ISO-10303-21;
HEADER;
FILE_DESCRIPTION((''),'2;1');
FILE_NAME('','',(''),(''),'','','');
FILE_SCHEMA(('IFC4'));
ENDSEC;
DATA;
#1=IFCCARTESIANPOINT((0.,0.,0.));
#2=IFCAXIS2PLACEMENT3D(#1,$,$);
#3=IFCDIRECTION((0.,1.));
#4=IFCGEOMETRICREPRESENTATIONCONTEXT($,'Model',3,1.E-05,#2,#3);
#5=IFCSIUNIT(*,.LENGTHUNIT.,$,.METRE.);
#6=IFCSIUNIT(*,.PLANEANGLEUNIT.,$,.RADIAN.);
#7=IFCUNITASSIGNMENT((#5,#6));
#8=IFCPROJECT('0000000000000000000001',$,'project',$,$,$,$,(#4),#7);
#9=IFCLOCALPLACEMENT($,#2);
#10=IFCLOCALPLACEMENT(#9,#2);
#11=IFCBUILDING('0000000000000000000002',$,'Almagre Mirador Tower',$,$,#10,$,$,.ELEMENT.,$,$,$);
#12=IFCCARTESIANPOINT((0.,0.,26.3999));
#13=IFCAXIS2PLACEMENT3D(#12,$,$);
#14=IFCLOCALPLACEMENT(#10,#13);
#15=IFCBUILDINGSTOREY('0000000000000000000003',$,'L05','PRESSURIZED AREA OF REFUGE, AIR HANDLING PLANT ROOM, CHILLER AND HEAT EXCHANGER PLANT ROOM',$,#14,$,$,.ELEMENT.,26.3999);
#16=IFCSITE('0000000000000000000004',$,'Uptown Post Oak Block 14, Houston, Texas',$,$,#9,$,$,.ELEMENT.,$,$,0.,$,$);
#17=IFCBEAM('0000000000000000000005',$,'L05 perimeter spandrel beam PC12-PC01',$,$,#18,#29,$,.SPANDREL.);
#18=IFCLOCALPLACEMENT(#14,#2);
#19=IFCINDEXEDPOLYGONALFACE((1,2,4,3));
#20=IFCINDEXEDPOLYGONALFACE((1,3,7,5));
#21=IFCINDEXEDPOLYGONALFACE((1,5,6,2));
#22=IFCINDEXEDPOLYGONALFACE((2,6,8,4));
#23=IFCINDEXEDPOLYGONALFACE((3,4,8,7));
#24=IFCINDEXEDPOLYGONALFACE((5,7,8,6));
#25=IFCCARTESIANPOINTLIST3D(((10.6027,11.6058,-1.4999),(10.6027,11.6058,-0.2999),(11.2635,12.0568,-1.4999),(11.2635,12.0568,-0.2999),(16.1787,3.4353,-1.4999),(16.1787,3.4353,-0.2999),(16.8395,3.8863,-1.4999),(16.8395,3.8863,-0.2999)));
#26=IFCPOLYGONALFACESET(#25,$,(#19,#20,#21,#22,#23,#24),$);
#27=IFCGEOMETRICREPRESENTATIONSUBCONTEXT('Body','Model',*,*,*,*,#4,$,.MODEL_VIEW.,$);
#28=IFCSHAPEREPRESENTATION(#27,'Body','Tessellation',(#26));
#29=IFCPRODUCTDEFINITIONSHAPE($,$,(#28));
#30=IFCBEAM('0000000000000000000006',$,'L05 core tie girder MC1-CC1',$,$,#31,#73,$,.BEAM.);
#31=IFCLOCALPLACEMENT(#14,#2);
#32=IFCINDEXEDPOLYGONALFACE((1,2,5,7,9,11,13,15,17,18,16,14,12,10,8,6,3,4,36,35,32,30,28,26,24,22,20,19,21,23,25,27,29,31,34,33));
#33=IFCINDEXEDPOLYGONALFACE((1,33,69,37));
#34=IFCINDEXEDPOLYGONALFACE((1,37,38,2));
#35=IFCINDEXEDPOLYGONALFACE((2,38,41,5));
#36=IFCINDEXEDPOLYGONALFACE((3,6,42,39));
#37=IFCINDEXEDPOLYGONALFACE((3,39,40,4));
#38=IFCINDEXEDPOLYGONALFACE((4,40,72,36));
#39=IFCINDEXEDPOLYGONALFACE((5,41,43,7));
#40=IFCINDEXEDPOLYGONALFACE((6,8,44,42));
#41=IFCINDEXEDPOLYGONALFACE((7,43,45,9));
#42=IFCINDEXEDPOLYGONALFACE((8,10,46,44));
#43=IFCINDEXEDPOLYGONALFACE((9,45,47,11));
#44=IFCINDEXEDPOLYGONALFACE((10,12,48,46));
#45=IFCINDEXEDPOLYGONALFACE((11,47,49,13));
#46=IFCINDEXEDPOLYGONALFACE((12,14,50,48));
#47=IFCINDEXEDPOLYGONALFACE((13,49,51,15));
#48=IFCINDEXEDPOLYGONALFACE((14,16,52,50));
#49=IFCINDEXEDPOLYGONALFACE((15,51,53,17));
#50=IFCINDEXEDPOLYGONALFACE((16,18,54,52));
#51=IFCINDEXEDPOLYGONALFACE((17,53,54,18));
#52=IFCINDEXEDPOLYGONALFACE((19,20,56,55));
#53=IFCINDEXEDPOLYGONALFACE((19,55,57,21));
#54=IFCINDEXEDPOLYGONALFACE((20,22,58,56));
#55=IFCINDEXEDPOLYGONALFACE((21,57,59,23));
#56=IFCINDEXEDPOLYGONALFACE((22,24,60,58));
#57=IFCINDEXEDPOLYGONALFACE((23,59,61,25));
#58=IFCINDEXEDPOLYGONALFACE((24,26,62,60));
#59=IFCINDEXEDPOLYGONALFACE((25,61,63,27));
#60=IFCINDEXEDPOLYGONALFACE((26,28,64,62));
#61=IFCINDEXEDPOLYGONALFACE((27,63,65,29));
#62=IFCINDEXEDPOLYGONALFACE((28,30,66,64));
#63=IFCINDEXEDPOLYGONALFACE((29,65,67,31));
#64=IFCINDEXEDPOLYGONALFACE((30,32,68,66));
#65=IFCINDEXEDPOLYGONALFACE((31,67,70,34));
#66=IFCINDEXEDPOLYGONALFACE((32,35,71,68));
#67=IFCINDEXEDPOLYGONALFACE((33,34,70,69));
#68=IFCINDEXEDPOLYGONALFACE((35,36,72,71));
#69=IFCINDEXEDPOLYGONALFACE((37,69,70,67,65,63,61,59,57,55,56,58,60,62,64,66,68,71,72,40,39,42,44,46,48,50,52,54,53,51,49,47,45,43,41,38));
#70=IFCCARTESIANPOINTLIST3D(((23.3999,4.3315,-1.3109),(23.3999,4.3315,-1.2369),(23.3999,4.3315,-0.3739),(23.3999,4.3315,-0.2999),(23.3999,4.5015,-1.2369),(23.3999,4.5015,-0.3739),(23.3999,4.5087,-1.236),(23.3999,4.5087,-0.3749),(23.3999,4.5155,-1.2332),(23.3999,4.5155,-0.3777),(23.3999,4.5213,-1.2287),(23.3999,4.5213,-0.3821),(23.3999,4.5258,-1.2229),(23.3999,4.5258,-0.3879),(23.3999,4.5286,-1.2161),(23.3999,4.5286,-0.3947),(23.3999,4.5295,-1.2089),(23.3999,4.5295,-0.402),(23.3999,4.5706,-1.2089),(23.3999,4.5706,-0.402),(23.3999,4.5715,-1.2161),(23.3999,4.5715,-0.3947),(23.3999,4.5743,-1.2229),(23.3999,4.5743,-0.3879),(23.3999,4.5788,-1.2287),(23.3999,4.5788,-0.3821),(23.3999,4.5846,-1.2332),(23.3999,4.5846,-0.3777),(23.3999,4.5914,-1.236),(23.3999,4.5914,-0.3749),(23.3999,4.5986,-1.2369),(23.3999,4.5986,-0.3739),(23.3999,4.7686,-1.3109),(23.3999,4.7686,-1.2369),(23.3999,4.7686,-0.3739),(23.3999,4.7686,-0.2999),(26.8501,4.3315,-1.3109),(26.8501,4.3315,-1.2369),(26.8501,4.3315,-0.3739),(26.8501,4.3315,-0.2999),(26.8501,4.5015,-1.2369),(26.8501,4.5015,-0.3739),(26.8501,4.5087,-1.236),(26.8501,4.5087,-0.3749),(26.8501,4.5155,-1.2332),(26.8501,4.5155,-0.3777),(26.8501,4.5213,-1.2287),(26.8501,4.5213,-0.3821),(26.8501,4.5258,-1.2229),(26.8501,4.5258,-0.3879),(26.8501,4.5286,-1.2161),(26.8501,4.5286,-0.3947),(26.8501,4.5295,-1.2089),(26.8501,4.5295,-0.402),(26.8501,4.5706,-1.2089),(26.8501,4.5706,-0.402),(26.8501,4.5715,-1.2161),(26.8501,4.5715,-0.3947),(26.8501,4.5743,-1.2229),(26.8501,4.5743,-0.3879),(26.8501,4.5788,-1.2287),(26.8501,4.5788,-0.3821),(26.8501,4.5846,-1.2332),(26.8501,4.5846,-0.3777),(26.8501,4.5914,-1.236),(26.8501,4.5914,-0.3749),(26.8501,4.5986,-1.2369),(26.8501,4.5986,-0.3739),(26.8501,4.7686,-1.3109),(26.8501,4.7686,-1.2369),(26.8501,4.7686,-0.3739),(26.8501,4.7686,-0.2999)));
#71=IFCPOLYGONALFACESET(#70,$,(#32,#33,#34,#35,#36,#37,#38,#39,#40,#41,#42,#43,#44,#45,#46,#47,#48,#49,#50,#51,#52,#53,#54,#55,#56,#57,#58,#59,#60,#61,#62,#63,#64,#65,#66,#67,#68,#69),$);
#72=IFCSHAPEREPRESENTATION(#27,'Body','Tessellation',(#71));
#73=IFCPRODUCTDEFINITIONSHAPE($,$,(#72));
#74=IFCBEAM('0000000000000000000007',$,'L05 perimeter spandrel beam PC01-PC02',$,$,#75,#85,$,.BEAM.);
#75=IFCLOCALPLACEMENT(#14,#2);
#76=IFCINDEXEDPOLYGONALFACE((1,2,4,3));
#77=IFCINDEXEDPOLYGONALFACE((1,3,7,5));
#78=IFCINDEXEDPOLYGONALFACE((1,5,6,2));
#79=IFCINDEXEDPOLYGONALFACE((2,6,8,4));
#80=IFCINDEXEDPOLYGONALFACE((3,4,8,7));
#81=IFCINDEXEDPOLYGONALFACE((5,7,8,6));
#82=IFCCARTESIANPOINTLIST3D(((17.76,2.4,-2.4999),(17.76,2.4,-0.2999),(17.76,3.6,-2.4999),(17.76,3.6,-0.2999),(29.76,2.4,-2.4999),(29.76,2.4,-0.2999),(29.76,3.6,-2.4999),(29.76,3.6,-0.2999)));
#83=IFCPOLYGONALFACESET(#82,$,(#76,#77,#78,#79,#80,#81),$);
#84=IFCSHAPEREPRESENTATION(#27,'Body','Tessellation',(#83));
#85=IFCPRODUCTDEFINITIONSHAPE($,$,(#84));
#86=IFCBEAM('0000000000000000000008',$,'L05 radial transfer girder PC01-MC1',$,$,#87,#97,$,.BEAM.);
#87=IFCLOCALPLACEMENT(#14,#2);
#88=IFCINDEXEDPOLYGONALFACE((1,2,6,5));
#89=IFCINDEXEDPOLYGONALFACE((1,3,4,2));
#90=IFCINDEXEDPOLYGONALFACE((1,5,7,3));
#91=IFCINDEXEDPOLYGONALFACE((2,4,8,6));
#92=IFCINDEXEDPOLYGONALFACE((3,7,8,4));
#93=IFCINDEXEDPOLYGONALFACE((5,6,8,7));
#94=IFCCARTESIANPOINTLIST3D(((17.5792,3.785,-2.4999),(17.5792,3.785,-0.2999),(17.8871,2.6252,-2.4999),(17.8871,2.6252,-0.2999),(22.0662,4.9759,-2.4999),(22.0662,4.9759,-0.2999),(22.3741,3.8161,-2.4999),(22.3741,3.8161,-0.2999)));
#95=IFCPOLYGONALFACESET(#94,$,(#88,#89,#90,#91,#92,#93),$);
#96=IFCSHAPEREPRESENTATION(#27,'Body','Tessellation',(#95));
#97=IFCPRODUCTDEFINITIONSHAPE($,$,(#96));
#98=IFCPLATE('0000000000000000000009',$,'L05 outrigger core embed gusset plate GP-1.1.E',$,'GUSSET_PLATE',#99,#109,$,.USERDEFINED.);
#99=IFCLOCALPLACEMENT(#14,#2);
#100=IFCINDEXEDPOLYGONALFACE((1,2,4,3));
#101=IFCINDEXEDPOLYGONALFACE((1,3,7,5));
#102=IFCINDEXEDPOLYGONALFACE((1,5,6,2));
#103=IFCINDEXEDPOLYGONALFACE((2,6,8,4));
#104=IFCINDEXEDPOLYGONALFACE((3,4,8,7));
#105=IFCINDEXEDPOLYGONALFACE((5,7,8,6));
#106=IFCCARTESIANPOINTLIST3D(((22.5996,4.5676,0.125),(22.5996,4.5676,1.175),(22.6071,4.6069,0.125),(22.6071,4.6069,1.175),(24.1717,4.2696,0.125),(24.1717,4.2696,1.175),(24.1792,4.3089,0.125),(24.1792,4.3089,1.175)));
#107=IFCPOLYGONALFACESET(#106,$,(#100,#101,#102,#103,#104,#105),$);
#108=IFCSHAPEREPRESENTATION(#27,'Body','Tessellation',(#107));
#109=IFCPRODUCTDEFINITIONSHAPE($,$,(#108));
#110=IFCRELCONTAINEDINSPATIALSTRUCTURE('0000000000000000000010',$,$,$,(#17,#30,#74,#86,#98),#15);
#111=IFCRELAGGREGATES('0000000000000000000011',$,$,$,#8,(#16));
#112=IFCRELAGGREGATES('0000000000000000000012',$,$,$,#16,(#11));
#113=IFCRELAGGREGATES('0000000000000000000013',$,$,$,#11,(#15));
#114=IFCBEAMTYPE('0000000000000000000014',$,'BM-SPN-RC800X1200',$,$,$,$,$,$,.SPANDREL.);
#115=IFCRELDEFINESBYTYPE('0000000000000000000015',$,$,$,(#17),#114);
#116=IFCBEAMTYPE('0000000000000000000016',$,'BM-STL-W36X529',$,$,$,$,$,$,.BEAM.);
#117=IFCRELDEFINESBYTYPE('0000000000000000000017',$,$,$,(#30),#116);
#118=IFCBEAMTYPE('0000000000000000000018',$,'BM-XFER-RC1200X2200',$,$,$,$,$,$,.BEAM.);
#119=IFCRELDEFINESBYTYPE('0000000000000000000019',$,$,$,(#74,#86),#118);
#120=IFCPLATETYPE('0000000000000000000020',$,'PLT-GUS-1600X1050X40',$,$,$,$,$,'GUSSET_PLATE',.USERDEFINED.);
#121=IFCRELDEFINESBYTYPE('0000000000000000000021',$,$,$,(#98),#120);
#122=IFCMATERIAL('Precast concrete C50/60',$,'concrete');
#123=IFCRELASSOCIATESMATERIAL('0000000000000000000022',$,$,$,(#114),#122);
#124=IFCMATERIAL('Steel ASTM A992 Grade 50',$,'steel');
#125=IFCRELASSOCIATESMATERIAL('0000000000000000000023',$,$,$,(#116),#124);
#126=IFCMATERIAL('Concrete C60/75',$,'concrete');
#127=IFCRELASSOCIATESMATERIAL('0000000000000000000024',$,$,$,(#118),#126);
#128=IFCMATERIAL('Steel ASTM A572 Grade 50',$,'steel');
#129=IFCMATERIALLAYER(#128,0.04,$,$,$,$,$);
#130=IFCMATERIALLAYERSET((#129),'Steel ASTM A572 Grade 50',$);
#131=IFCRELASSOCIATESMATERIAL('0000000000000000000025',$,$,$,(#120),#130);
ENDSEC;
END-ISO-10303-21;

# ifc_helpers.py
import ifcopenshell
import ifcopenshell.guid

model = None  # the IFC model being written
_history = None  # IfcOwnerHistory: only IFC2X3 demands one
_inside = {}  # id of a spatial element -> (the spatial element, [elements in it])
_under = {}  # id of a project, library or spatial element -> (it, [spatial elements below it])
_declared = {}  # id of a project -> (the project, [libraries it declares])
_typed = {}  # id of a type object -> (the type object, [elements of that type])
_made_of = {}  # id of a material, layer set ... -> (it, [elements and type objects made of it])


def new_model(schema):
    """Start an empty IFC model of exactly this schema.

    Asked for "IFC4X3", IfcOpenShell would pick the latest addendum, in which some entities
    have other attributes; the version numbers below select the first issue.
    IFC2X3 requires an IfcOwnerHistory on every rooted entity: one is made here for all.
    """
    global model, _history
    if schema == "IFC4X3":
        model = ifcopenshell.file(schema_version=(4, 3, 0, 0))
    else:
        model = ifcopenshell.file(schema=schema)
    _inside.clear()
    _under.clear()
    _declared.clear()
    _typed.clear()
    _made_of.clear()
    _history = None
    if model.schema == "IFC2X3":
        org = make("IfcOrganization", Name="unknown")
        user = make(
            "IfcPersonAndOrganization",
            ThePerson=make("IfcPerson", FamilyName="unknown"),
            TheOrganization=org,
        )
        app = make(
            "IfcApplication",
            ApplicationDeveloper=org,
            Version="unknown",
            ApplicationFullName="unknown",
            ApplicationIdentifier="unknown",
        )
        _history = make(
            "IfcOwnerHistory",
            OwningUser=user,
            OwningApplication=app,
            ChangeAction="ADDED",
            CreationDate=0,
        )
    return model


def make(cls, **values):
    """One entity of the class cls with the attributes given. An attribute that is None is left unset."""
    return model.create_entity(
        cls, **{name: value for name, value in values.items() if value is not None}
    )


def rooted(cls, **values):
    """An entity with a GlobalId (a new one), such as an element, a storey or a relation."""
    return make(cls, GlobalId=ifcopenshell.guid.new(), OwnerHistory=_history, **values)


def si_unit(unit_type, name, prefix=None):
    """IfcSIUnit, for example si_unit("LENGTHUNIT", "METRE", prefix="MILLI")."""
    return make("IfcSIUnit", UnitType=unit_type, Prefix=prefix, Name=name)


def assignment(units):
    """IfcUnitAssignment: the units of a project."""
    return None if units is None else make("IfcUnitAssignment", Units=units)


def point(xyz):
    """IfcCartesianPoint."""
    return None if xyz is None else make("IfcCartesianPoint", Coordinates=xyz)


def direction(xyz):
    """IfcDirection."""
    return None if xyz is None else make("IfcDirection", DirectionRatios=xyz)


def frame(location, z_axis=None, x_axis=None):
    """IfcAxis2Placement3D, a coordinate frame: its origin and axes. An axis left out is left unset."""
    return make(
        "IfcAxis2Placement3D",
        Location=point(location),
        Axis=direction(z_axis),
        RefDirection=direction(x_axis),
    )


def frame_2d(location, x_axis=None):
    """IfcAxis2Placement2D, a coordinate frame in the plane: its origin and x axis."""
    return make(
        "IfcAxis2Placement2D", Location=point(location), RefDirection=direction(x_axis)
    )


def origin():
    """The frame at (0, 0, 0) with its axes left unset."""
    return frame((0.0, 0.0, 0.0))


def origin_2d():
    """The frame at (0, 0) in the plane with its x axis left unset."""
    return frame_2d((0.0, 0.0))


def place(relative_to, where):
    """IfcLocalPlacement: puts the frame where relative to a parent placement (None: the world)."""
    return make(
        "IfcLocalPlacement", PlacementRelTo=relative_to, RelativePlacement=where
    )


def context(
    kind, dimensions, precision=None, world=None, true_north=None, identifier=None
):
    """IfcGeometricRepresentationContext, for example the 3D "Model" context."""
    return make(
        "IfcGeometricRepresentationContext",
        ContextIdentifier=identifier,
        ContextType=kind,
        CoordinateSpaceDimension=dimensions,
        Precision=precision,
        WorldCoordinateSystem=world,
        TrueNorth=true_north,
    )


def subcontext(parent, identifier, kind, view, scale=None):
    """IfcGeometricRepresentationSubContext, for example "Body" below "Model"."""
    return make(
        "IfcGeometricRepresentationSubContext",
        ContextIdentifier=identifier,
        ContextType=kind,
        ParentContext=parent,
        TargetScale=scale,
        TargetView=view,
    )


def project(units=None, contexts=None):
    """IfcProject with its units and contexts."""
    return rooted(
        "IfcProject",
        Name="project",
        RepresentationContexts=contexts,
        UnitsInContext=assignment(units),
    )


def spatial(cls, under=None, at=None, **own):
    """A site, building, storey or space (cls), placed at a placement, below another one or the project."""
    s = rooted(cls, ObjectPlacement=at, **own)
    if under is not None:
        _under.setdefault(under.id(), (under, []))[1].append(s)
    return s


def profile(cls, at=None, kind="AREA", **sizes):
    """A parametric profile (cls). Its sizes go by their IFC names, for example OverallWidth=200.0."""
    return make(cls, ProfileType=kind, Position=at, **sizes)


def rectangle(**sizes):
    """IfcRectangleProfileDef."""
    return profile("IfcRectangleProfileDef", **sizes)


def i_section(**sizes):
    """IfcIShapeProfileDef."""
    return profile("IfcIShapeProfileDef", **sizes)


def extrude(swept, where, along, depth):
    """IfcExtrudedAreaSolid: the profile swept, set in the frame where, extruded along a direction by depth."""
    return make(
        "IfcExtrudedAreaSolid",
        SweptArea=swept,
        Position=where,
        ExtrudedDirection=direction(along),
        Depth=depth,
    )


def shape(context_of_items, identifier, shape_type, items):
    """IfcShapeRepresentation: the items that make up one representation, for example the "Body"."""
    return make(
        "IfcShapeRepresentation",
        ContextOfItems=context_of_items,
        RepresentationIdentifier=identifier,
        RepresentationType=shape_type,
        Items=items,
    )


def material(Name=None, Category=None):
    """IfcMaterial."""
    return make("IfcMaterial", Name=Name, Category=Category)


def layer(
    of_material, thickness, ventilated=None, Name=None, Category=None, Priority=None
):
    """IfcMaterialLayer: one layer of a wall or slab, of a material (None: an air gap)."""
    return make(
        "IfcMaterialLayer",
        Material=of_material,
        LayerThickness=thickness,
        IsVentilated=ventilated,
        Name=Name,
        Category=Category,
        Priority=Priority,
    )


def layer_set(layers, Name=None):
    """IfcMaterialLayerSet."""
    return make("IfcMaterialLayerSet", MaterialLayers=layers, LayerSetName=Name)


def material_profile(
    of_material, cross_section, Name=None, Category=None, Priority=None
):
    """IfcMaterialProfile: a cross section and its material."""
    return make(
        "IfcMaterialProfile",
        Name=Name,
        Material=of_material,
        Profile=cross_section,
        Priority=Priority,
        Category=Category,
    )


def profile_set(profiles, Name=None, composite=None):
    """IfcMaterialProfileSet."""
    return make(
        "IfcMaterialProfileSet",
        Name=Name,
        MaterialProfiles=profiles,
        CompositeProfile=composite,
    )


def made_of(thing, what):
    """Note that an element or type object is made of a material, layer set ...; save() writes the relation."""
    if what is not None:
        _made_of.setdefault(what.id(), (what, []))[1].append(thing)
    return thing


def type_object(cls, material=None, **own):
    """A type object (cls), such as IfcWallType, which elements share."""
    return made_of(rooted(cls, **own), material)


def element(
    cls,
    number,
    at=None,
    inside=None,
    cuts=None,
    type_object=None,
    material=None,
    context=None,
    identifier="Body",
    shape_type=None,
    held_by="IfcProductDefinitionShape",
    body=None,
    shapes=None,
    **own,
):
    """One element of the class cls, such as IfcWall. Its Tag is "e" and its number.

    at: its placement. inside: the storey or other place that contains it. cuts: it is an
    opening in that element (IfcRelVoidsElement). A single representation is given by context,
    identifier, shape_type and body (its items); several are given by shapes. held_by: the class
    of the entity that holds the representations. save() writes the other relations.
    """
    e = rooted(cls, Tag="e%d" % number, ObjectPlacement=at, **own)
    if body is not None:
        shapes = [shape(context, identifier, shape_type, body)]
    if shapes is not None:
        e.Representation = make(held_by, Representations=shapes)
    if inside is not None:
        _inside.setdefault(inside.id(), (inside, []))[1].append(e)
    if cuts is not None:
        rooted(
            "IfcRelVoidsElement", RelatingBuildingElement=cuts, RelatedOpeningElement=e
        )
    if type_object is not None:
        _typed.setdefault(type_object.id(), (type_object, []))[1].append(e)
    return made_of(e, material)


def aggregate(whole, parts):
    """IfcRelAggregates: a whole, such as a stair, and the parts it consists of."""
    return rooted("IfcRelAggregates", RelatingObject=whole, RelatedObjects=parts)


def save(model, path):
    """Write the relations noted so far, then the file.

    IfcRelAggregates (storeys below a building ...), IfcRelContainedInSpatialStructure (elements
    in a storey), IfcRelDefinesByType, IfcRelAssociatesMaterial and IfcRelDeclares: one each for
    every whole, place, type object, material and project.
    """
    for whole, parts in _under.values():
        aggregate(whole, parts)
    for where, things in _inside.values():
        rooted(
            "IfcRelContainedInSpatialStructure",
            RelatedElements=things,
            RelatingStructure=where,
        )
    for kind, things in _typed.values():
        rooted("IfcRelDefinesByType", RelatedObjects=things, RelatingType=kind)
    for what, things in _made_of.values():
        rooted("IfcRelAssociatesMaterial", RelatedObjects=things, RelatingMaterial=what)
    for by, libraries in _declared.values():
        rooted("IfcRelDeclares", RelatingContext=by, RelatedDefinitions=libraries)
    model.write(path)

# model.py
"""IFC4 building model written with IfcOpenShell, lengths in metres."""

from ifc_helpers import new_model, si_unit, direction, frame, origin, origin_2d, place, context, subcontext, project, spatial, rectangle, i_section, extrude, material, layer, layer_set, material_profile, profile_set, type_object, element, save


model = new_model("IFC4")

# Units and contexts
model_context = context("Model", 3, precision=1e-05, world=origin(), true_north=direction((0.0, 1.0)))
body_context = subcontext(model_context, "Body", "Model", "MODEL_VIEW")
ifc_project = project(units=[si_unit("LENGTHUNIT", "METRE"), si_unit("PLANEANGLEUNIT", "RADIAN")], contexts=[model_context])

# Site, building, storey
site_placement = place(None, origin())
site = spatial("IfcSite", under=ifc_project, at=site_placement, Name="Uptown Post Oak Block 14, Houston, Texas", CompositionType="ELEMENT", RefElevation=0.0)
building_placement = place(site_placement, origin())
building = spatial("IfcBuilding", under=site, at=building_placement, Name="Almagre Mirador Tower", CompositionType="ELEMENT")
storey_placement = place(building_placement, frame((0.0, 0.0, 26.3999)))
storey = spatial("IfcBuildingStorey", under=building, at=storey_placement, Name="L05", Description="PRESSURIZED AREA OF REFUGE, AIR HANDLING PLANT ROOM, CHILLER AND HEAT EXCHANGER PLANT ROOM", CompositionType="ELEMENT", Elevation=26.3999)

# Beams
ifc_material_1 = material(Name="Precast concrete C50/60", Category="concrete")
ifc_material_profile_1 = material_profile(ifc_material_1, rectangle(XDim=0.8, YDim=1.2, at=origin_2d()), Name="RC800X1200")
ifc_profile_set_1 = profile_set([ifc_material_profile_1], Name="Precast concrete C50/60")
beam_type_1 = type_object("IfcBeamType", Name="BM-SPN-RC800X1200", PredefinedType="SPANDREL", material=ifc_profile_set_1)
beam_1_placement = place(storey_placement, frame((10.9331, 11.8313, -0.8999), z_axis=(0.563695, -0.825983, 0.0), x_axis=(0.825983, 0.563695, 0.0)))
element("IfcBeam", 1, at=beam_1_placement, inside=storey, type_object=beam_type_1, Name="L05 perimeter spandrel beam PC12-PC01", PredefinedType="SPANDREL", context=body_context, shape_type="SweptSolid", body=[
    extrude(rectangle(XDim=0.8, YDim=1.2, at=origin_2d()), origin(), (0.0, 0.0, 1.0), 9.8918),
])
ifc_material_2 = material(Name="Steel ASTM A992 Grade 50", Category="steel")
ifc_material_profile_2 = material_profile(ifc_material_2, i_section(OverallWidth=0.437, OverallDepth=1.011, WebThickness=0.041, FlangeThickness=0.074, FilletRadius=0.0281, at=origin_2d()), Name="W36X529")
ifc_profile_set_2 = profile_set([ifc_material_profile_2], Name="Steel ASTM A992 Grade 50")
beam_type_2 = type_object("IfcBeamType", Name="BM-STL-W36X529", PredefinedType="BEAM", material=ifc_profile_set_2)
beam_2_placement = place(storey_placement, frame((23.3999, 4.55, -0.8054), z_axis=(1.0, 0.0, 0.0), x_axis=(0.0, 1.0, 0.0)))
element("IfcBeam", 2, at=beam_2_placement, inside=storey, type_object=beam_type_2, Name="L05 core tie girder MC1-CC1", PredefinedType="BEAM", context=body_context, shape_type="SweptSolid", body=[
    extrude(i_section(OverallWidth=0.437, OverallDepth=1.011, WebThickness=0.041, FlangeThickness=0.074, FilletRadius=0.0281, at=origin_2d()), origin(), (0.0, 0.0, 1.0), 3.4502),
])
ifc_material_3 = material(Name="Concrete C60/75", Category="concrete")
ifc_material_profile_3 = material_profile(ifc_material_3, rectangle(XDim=1.2, YDim=2.2, at=origin_2d()), Name="RC1200X2200")
ifc_profile_set_3 = profile_set([ifc_material_profile_3], Name="Concrete C60/75")
beam_type_3 = type_object("IfcBeamType", Name="BM-XFER-RC1200X2200", PredefinedType="BEAM", material=ifc_profile_set_3)
beam_3_placement = place(storey_placement, frame((17.76, 3.0, -1.3999), z_axis=(1.0, 0.0, 0.0), x_axis=(0.0, 1.0, 0.0)))
element("IfcBeam", 3, at=beam_3_placement, inside=storey, type_object=beam_type_3, Name="L05 perimeter spandrel beam PC01-PC02", PredefinedType="BEAM", context=body_context, shape_type="SweptSolid", body=[
    extrude(rectangle(XDim=1.2, YDim=2.2, at=origin_2d()), origin(), (0.0, 0.0, 1.0), 12.0),
])
beam_4_placement = place(storey_placement, frame((17.7332, 3.2051, -1.3999), z_axis=(0.966536, 0.25653, 0.0), x_axis=(-0.25653, 0.966536, 0.0)))
element("IfcBeam", 4, at=beam_4_placement, inside=storey, type_object=beam_type_3, Name="L05 radial transfer girder PC01-MC1", PredefinedType="BEAM", context=body_context, shape_type="SweptSolid", body=[
    extrude(rectangle(XDim=1.2, YDim=2.2, at=origin_2d()), origin(), (0.0, 0.0, 1.0), 4.6423),
])

# Plate
ifc_material_4 = material(Name="Steel ASTM A572 Grade 50", Category="steel")
ifc_layer_1 = layer(ifc_material_4, 0.04)
ifc_layer_set_1 = layer_set([ifc_layer_1], Name="Steel ASTM A572 Grade 50")
plate_type = type_object("IfcPlateType", Name="PLT-GUS-1600X1050X40", ElementType="GUSSET_PLATE", PredefinedType="USERDEFINED", material=ifc_layer_set_1)
plate_placement = place(storey_placement, frame((23.3894, 4.4382, 0.125), z_axis=(0.0, 0.0, 1.0), x_axis=(-0.982502, 0.18625, 0.0)))
element("IfcPlate", 5, at=plate_placement, inside=storey, type_object=plate_type, Name="L05 outrigger core embed gusset plate GP-1.1.E", ObjectType="GUSSET_PLATE", PredefinedType="USERDEFINED", context=body_context, shape_type="SweptSolid", body=[
    extrude(rectangle(XDim=1.6001, YDim=0.04, at=origin_2d()), origin(), (0.0, 0.0, 1.0), 1.05),
])

save(model, "model.ifc")
